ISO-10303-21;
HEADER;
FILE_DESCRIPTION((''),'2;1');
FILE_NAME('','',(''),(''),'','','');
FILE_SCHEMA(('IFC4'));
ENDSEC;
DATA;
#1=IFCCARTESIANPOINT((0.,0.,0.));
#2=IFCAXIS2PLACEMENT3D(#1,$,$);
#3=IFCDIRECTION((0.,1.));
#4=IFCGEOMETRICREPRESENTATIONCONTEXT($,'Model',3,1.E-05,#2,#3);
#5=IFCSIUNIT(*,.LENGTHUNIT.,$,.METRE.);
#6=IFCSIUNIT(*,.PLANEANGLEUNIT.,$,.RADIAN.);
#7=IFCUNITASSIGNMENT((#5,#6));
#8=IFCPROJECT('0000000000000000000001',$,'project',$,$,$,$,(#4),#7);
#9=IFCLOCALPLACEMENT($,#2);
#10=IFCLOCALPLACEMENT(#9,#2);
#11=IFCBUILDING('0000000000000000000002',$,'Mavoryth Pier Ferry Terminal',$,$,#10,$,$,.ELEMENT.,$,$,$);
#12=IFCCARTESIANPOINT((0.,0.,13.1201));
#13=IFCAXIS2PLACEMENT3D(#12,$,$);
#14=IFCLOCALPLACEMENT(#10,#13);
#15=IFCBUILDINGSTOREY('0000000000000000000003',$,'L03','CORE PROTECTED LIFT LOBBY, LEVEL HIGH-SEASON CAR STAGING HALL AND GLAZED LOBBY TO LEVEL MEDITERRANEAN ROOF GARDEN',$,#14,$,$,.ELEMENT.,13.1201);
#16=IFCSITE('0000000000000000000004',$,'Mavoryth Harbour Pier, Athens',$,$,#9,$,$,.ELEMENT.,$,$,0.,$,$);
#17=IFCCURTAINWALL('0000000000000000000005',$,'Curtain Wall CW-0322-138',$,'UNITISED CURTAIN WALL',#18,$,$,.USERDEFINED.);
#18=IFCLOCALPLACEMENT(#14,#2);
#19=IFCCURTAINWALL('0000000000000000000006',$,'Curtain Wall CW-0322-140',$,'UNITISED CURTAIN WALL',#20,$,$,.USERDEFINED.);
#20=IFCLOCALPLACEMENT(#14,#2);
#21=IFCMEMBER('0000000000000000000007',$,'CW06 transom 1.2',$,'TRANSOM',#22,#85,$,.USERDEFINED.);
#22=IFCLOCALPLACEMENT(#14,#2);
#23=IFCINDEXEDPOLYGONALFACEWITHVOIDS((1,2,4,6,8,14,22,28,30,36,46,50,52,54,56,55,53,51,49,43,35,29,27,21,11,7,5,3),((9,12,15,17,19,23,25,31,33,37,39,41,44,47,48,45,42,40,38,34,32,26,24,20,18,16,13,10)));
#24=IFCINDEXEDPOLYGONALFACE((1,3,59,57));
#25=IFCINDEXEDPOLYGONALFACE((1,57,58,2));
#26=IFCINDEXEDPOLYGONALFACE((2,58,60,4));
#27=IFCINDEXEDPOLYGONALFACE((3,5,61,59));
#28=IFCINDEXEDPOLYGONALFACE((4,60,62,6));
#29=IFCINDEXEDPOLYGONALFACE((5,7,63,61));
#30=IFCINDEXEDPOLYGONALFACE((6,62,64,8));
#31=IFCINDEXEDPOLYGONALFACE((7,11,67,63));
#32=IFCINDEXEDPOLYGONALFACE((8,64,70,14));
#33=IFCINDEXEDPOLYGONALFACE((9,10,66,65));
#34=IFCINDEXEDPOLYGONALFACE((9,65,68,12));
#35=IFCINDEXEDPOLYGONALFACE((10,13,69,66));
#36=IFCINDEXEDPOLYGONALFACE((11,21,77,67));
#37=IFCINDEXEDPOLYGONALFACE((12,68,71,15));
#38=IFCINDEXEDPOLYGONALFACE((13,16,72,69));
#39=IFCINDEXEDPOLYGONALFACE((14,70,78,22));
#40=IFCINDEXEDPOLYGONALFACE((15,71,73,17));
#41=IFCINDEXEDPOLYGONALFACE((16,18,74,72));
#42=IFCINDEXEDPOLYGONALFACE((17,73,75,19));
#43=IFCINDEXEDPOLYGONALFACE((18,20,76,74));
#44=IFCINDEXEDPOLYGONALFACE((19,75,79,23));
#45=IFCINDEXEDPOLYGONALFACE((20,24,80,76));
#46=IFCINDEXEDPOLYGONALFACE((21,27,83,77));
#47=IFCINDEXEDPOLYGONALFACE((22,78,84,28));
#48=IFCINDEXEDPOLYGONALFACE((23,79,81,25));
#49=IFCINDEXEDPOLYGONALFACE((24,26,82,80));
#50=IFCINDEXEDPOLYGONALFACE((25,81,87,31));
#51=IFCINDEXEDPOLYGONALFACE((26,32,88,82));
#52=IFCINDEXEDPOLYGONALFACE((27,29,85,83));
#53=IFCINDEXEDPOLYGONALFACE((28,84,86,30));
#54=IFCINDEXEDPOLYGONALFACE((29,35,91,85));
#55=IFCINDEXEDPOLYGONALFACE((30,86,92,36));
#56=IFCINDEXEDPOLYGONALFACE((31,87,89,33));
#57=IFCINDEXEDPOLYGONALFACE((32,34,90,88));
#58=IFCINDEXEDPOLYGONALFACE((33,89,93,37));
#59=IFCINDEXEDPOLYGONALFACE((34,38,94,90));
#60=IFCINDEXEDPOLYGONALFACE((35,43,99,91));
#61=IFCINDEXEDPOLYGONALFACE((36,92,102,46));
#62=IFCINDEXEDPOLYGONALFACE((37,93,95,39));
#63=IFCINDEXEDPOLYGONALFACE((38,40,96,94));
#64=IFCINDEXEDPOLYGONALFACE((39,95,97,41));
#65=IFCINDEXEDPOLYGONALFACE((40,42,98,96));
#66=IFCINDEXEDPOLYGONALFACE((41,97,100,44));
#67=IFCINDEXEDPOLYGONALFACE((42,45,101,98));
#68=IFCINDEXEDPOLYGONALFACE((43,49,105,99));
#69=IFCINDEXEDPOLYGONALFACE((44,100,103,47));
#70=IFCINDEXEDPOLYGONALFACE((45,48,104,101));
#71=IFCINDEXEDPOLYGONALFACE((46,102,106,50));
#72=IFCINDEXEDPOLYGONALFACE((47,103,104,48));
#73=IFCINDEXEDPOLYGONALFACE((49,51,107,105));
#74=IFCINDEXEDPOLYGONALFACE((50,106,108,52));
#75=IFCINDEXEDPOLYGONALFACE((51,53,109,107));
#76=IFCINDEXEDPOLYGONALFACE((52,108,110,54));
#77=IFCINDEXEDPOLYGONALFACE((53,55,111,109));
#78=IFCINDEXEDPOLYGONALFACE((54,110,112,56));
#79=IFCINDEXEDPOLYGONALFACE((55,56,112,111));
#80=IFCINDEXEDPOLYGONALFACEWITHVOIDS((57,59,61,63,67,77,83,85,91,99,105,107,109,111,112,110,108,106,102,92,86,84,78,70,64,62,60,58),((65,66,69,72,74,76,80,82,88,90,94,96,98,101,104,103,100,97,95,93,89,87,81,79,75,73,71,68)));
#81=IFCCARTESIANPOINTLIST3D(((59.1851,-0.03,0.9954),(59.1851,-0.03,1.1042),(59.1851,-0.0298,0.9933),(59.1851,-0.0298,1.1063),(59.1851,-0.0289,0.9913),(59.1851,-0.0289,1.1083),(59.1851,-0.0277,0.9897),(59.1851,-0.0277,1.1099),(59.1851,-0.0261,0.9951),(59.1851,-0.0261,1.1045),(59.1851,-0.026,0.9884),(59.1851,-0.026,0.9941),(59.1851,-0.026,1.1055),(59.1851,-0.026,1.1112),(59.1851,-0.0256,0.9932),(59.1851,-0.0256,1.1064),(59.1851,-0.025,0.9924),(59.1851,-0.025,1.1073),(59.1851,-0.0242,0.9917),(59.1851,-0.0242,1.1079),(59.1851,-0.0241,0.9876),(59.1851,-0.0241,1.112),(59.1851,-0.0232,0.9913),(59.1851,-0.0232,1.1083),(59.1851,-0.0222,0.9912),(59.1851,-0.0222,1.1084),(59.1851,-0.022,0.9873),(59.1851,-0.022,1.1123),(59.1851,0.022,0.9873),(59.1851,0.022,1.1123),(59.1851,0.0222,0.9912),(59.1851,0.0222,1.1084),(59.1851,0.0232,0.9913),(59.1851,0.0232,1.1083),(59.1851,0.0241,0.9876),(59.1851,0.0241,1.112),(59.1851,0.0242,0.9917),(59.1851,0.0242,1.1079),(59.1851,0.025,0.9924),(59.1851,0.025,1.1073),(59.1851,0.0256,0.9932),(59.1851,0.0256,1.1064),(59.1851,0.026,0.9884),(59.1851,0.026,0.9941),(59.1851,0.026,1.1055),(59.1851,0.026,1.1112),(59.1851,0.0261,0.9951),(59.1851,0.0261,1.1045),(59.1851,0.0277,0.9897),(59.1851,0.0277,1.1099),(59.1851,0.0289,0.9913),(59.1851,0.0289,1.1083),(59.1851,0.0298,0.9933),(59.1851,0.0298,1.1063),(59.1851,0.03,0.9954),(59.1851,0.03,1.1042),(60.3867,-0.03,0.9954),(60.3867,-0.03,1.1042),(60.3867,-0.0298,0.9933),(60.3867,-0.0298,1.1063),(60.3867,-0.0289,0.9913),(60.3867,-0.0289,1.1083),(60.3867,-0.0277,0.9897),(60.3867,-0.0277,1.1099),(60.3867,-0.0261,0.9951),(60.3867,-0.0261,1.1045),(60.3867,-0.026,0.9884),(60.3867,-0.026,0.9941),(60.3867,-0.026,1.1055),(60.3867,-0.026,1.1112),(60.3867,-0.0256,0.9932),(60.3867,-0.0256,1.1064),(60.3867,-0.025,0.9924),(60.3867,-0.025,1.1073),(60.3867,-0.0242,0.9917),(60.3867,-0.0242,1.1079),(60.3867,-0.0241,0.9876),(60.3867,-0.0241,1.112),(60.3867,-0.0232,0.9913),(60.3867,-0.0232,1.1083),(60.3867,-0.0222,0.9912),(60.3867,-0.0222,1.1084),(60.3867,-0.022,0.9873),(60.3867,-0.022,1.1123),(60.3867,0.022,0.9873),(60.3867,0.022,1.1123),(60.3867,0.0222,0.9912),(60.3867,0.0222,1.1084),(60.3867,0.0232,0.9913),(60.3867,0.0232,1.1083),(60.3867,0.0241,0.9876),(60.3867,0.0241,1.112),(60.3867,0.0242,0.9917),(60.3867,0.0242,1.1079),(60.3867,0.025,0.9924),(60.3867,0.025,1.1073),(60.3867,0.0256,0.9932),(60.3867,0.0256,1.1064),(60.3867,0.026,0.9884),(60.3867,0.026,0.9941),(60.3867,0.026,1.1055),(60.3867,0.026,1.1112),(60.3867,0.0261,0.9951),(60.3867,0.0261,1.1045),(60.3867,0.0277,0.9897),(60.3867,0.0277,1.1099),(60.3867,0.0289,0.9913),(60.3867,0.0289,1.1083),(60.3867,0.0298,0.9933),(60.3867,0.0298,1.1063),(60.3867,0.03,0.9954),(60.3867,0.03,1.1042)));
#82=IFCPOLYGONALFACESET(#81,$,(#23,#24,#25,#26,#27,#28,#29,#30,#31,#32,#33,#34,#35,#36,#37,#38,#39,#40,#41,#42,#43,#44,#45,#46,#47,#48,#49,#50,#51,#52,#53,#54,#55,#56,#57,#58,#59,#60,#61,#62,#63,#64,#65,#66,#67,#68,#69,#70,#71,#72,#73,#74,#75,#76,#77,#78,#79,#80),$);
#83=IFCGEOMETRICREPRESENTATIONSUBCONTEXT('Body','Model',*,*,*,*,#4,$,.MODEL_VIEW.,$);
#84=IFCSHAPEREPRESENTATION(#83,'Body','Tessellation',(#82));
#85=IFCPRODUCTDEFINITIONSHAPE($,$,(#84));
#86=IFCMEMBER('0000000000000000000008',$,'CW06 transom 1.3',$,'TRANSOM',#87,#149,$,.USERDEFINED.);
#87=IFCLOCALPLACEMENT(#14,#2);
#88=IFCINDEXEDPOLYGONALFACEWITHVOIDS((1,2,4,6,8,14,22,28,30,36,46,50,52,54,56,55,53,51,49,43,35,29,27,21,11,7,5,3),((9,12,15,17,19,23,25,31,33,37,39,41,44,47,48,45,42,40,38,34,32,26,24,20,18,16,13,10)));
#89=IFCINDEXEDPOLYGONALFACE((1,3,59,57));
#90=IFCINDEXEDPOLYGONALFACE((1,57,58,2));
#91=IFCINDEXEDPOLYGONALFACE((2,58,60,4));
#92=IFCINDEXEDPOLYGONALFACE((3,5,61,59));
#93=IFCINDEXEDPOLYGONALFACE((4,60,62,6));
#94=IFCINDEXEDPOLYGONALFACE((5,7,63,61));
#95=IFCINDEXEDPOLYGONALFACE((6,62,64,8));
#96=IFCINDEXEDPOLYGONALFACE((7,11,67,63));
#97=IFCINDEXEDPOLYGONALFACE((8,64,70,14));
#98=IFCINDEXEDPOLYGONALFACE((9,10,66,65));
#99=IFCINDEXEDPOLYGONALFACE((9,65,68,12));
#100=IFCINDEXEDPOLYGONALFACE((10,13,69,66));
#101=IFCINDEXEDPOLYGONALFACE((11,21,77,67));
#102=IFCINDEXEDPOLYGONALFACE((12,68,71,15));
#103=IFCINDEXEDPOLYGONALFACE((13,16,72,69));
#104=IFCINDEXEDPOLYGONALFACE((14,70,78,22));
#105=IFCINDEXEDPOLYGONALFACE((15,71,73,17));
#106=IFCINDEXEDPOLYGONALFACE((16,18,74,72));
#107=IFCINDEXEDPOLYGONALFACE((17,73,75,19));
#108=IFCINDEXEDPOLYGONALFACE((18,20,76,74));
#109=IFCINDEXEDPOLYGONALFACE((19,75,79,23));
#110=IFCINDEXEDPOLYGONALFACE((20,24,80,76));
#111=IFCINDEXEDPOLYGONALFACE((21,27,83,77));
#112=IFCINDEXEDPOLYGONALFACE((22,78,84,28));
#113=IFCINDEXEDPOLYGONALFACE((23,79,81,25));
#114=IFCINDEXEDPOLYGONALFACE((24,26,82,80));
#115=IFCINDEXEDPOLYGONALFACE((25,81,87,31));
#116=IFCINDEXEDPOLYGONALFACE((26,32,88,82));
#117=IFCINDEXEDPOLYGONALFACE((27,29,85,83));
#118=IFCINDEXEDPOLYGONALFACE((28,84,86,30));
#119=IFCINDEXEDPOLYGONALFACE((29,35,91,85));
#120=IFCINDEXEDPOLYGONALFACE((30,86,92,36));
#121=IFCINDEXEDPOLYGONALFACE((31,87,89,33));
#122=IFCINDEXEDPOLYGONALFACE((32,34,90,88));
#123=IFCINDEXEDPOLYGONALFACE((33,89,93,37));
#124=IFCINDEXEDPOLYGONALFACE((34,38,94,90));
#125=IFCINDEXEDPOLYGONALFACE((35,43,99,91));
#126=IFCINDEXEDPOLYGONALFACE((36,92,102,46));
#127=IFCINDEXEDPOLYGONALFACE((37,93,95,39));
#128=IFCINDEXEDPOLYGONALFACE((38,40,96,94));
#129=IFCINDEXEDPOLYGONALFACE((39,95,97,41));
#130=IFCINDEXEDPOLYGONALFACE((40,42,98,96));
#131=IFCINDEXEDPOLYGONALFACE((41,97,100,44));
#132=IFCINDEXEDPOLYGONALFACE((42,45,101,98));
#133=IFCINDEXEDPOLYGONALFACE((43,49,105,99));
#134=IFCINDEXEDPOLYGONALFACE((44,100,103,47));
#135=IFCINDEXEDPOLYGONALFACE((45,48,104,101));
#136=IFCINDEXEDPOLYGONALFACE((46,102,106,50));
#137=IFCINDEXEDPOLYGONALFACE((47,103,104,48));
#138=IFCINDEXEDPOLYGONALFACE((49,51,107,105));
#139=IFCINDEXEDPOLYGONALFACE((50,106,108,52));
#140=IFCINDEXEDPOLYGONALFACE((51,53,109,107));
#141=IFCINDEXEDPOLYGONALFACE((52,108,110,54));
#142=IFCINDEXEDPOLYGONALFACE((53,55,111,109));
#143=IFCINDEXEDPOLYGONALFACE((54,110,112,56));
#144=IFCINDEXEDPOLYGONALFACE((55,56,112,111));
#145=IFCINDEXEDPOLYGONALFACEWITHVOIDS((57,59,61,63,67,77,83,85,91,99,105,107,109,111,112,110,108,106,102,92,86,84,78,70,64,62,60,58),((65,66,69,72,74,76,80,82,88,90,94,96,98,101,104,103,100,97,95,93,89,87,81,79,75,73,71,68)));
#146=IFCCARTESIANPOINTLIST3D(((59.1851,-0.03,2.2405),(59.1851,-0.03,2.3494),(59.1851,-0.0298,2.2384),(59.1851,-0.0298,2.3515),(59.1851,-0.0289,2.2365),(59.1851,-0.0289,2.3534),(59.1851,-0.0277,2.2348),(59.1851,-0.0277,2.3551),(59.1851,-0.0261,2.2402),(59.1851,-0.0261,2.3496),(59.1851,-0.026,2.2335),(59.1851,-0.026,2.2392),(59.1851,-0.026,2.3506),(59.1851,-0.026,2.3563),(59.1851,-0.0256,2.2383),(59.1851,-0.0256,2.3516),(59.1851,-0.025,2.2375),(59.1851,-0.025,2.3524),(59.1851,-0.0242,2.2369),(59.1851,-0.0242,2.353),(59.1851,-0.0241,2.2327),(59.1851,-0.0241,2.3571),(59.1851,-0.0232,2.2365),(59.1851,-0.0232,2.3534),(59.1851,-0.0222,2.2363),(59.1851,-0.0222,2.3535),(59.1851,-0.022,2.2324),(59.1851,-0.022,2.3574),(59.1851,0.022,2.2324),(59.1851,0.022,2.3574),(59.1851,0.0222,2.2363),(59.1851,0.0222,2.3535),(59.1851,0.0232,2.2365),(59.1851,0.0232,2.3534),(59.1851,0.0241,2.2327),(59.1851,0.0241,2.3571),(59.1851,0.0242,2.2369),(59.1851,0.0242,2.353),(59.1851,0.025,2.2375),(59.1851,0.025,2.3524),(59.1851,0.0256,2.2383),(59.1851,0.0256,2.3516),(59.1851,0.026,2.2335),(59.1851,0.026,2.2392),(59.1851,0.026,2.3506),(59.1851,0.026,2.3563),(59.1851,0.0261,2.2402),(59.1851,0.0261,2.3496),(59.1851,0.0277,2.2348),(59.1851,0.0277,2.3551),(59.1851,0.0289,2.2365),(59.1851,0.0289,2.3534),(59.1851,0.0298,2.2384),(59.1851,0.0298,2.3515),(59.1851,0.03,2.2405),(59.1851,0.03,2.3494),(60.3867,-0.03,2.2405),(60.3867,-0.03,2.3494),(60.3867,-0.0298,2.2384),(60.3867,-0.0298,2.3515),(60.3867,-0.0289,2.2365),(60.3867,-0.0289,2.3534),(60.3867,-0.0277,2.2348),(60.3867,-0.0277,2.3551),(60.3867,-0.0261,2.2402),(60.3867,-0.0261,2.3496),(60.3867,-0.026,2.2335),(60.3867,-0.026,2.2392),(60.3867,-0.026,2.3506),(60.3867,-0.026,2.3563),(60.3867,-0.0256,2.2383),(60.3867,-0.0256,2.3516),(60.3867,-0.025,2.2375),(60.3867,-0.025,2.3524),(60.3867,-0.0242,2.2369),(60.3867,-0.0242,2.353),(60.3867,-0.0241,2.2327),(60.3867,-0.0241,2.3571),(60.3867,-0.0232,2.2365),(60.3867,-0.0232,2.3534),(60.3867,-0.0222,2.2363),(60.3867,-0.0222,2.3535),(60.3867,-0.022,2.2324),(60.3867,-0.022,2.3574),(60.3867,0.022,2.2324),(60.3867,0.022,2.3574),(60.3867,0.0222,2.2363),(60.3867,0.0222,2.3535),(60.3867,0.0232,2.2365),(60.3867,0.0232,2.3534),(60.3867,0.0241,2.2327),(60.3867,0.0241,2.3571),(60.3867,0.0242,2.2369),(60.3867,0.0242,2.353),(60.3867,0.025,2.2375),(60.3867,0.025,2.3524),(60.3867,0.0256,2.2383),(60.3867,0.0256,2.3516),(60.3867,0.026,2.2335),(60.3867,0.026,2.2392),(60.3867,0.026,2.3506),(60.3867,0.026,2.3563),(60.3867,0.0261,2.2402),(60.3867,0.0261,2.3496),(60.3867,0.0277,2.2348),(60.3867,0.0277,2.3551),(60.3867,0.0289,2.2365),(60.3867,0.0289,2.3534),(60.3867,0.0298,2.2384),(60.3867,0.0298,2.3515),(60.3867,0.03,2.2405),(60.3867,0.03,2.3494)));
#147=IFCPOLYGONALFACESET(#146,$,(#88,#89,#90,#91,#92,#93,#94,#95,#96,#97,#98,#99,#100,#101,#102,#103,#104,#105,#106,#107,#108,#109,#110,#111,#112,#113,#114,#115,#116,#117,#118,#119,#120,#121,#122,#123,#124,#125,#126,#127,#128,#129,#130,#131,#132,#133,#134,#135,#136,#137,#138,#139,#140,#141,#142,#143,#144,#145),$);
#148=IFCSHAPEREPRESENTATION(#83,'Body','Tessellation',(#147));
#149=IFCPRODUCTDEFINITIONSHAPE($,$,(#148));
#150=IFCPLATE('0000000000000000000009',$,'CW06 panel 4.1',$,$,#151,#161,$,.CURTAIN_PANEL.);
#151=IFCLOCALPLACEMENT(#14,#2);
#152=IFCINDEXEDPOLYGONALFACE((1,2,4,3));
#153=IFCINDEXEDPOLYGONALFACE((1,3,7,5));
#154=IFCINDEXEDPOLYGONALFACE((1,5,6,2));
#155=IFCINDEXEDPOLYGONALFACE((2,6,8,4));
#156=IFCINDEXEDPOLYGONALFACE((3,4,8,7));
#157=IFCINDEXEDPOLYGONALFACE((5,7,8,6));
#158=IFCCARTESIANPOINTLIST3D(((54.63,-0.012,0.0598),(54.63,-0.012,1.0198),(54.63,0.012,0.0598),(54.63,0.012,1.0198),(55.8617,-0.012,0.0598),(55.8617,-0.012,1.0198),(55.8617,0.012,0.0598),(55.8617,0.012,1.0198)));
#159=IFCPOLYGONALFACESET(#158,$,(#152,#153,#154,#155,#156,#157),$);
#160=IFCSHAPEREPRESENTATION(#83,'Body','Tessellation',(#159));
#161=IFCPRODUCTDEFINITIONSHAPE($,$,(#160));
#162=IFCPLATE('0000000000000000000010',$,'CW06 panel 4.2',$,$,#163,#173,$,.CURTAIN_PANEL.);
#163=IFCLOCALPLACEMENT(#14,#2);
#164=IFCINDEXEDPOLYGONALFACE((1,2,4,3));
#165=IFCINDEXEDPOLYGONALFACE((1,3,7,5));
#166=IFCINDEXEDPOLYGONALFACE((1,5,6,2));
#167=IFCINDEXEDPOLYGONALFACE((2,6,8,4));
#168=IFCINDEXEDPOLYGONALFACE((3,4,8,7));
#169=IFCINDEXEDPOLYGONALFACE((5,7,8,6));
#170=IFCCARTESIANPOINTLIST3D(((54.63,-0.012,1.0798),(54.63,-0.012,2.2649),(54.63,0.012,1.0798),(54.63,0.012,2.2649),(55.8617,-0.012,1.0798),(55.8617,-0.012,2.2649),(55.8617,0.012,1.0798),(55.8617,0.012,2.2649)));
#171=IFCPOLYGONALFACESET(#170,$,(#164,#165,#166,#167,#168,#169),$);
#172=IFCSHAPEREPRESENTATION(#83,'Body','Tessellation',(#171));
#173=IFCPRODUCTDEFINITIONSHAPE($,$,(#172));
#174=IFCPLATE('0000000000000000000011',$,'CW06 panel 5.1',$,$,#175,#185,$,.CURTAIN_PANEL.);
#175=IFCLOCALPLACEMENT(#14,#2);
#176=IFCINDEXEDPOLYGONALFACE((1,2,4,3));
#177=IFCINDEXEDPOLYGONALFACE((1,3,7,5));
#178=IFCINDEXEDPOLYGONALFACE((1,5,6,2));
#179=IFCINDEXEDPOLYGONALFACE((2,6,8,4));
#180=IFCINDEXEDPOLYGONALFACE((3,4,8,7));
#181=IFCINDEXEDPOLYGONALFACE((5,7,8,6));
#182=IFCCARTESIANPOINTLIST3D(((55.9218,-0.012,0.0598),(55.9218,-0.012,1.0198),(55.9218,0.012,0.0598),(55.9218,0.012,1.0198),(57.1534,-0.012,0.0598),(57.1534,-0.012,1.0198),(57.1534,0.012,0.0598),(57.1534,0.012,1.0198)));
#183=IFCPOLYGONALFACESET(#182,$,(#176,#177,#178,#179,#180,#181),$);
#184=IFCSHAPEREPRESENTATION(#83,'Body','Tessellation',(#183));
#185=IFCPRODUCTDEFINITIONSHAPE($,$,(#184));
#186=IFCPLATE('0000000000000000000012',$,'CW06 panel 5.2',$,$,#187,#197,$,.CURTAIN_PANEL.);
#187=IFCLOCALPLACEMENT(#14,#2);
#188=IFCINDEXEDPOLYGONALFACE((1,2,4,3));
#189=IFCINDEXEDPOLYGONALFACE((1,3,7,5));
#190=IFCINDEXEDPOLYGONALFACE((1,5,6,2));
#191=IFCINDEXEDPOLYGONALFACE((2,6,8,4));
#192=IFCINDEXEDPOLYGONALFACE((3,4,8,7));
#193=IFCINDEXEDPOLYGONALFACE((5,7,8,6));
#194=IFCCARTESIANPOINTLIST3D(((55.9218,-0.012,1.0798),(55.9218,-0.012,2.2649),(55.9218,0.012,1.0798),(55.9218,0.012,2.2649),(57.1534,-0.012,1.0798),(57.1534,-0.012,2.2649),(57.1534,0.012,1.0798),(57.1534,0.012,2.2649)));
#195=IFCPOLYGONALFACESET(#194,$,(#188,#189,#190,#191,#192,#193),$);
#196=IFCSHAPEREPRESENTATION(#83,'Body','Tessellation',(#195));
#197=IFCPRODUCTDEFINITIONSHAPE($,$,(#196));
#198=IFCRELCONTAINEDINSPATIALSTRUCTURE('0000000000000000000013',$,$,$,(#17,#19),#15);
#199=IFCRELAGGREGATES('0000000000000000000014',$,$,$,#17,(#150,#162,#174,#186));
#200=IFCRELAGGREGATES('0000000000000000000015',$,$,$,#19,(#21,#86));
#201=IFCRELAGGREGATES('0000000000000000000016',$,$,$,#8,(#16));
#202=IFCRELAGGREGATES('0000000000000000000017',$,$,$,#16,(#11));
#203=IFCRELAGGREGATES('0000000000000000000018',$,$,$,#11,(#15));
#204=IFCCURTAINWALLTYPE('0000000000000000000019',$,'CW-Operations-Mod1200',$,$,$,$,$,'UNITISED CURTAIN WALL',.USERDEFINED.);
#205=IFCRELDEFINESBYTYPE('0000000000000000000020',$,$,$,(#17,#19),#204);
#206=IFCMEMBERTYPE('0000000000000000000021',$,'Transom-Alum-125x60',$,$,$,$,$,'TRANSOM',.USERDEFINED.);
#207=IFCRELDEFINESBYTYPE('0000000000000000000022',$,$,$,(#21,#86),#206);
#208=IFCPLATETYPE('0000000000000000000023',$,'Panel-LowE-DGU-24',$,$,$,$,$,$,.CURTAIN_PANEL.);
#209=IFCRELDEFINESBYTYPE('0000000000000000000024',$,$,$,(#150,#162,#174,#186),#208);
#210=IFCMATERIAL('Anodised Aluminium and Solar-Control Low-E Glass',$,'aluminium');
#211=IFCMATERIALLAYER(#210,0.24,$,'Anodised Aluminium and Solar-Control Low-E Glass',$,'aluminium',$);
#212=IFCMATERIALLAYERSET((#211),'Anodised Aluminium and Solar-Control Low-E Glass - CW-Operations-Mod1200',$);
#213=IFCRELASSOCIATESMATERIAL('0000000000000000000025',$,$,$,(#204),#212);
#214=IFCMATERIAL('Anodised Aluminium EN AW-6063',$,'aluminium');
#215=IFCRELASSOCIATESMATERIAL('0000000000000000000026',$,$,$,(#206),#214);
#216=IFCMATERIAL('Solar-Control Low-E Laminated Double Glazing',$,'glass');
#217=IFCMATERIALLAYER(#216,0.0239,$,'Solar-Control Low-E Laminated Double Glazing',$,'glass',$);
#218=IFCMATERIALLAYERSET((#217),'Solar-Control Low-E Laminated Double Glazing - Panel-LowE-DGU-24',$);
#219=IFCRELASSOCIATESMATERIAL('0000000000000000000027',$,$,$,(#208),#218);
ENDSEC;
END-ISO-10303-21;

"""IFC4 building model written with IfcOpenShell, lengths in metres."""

from ifc_helpers import new_model, si_unit, direction, frame, origin, origin_2d, place, context, subcontext, project, spatial, rectangle, hollow_rectangle, extrude, material, layer, layer_set, material_profile, profile_set, type_object, element, aggregate, save


model = new_model("IFC4")

# Units and contexts
model_context = context("Model", 3, precision=1e-05, world=origin(), true_north=direction((0.0, 1.0)))
body_context = subcontext(model_context, "Body", "Model", "MODEL_VIEW")
ifc_project = project(units=[si_unit("LENGTHUNIT", "METRE"), si_unit("PLANEANGLEUNIT", "RADIAN")], contexts=[model_context])

# Site, building, storey
site_placement = place(None, origin())
site = spatial("IfcSite", under=ifc_project, at=site_placement, Name="Mavoryth Harbour Pier, Athens", CompositionType="ELEMENT", RefElevation=0.0)
building_placement = place(site_placement, origin())
building = spatial("IfcBuilding", under=site, at=building_placement, Name="Mavoryth Pier Ferry Terminal", CompositionType="ELEMENT")
storey_placement = place(building_placement, frame((0.0, 0.0, 13.1201)))
storey = spatial("IfcBuildingStorey", under=building, at=storey_placement, Name="L03", Description="CORE PROTECTED LIFT LOBBY, LEVEL HIGH-SEASON CAR STAGING HALL AND GLAZED LOBBY TO LEVEL MEDITERRANEAN ROOF GARDEN", CompositionType="ELEMENT", Elevation=13.1201)

# Curtain wall
ifc_material_1 = material(Name="Anodised Aluminium and Solar-Control Low-E Glass", Category="aluminium")
ifc_layer_1 = layer(ifc_material_1, 0.24, Name="Anodised Aluminium and Solar-Control Low-E Glass", Category="aluminium")
ifc_layer_set_1 = layer_set([ifc_layer_1], Name="Anodised Aluminium and Solar-Control Low-E Glass - CW-Operations-Mod1200")
curtain_wall_type = type_object("IfcCurtainWallType", Name="CW-Operations-Mod1200", ElementType="UNITISED CURTAIN WALL", PredefinedType="USERDEFINED", material=ifc_layer_set_1)
curtain_wall_1_placement = place(storey_placement, origin())
curtain_wall_1 = element("IfcCurtainWall", 1, at=curtain_wall_1_placement, inside=storey, type_object=curtain_wall_type, Name="Curtain Wall CW-0322-138", ObjectType="UNITISED CURTAIN WALL", PredefinedType="USERDEFINED")
ifc_material_2 = material(Name="Anodised Aluminium EN AW-6063", Category="aluminium")

# Curtain wall
curtain_wall_2_placement = place(storey_placement, origin())
curtain_wall_2 = element("IfcCurtainWall", 2, at=curtain_wall_2_placement, inside=storey, type_object=curtain_wall_type, Name="Curtain Wall CW-0322-140", ObjectType="UNITISED CURTAIN WALL", PredefinedType="USERDEFINED")

# Members
ifc_material_profile_1 = material_profile(ifc_material_2, hollow_rectangle(XDim=0.0601, YDim=0.125, WallThickness=0.0039, InnerFilletRadius=0.0039, OuterFilletRadius=0.0081, at=origin_2d()), Name="AL-TRAN 125x60x4", Category="aluminium")
ifc_profile_set_1 = profile_set([ifc_material_profile_1], Name="Anodised Aluminium EN AW-6063 - AL-TRAN 125x60x4")
member_type_1 = type_object("IfcMemberType", Name="Transom-Alum-125x60", ElementType="TRANSOM", PredefinedType="USERDEFINED", material=ifc_profile_set_1)
member_1_placement = place(storey_placement, frame((59.1851, 0.0, 1.0498), z_axis=(1.0, 0.0, 0.0), x_axis=(0.0, 1.0, 0.0)))
member_1 = element("IfcMember", 3, at=member_1_placement, type_object=member_type_1, Name="CW06 transom 1.2", ObjectType="TRANSOM", PredefinedType="USERDEFINED", context=body_context, shape_type="SweptSolid", body=[
    extrude(hollow_rectangle(XDim=0.0601, YDim=0.125, WallThickness=0.0039, InnerFilletRadius=0.0039, OuterFilletRadius=0.0081, at=origin_2d()), origin(), (0.0, 0.0, 1.0), 1.2017),
])
member_2_placement = place(storey_placement, frame((59.1851, 0.0, 2.2949), z_axis=(1.0, 0.0, 0.0), x_axis=(0.0, 1.0, 0.0)))
member_2 = element("IfcMember", 4, at=member_2_placement, type_object=member_type_1, Name="CW06 transom 1.3", ObjectType="TRANSOM", PredefinedType="USERDEFINED", context=body_context, shape_type="SweptSolid", body=[
    extrude(hollow_rectangle(XDim=0.0601, YDim=0.125, WallThickness=0.0039, InnerFilletRadius=0.0039, OuterFilletRadius=0.0081, at=origin_2d()), origin(), (0.0, 0.0, 1.0), 1.2017),
])

# Plates
ifc_material_3 = material(Name="Solar-Control Low-E Laminated Double Glazing", Category="glass")
ifc_layer_2 = layer(ifc_material_3, 0.0239, Name="Solar-Control Low-E Laminated Double Glazing", Category="glass")
ifc_layer_set_2 = layer_set([ifc_layer_2], Name="Solar-Control Low-E Laminated Double Glazing - Panel-LowE-DGU-24")
plate_type = type_object("IfcPlateType", Name="Panel-LowE-DGU-24", PredefinedType="CURTAIN_PANEL", material=ifc_layer_set_2)
plate_1_placement = place(storey_placement, frame((55.2458, 0.0, 0.0598), z_axis=(0.0, 0.0, 1.0), x_axis=(1.0, 0.0, 0.0)))
plate_1 = element("IfcPlate", 5, at=plate_1_placement, type_object=plate_type, Name="CW06 panel 4.1", PredefinedType="CURTAIN_PANEL", context=body_context, shape_type="SweptSolid", body=[
    extrude(rectangle(XDim=1.2317, YDim=0.0239, at=origin_2d()), origin(), (0.0, 0.0, 1.0), 0.96),
])
plate_2_placement = place(storey_placement, frame((55.2458, 0.0, 1.0798), z_axis=(0.0, 0.0, 1.0), x_axis=(1.0, 0.0, 0.0)))
plate_2 = element("IfcPlate", 6, at=plate_2_placement, type_object=plate_type, Name="CW06 panel 4.2", PredefinedType="CURTAIN_PANEL", context=body_context, shape_type="SweptSolid", body=[
    extrude(rectangle(XDim=1.2317, YDim=0.0239, at=origin_2d()), origin(), (0.0, 0.0, 1.0), 1.1851),
])
plate_3_placement = place(storey_placement, frame((56.5376, 0.0, 0.0598), z_axis=(0.0, 0.0, 1.0), x_axis=(1.0, 0.0, 0.0)))
plate_3 = element("IfcPlate", 7, at=plate_3_placement, type_object=plate_type, Name="CW06 panel 5.1", PredefinedType="CURTAIN_PANEL", context=body_context, shape_type="SweptSolid", body=[
    extrude(rectangle(XDim=1.2317, YDim=0.0239, at=origin_2d()), origin(), (0.0, 0.0, 1.0), 0.96),
])
plate_4_placement = place(storey_placement, frame((56.5376, 0.0, 1.0798), z_axis=(0.0, 0.0, 1.0), x_axis=(1.0, 0.0, 0.0)))
plate_4 = element("IfcPlate", 8, at=plate_4_placement, type_object=plate_type, Name="CW06 panel 5.2", PredefinedType="CURTAIN_PANEL", context=body_context, shape_type="SweptSolid", body=[
    extrude(rectangle(XDim=1.2317, YDim=0.0239, at=origin_2d()), origin(), (0.0, 0.0, 1.0), 1.1851),
])
aggregate(curtain_wall_1, [plate_1, plate_2, plate_3, plate_4])
aggregate(curtain_wall_2, [member_1, member_2])

save(model, "model.ifc")
